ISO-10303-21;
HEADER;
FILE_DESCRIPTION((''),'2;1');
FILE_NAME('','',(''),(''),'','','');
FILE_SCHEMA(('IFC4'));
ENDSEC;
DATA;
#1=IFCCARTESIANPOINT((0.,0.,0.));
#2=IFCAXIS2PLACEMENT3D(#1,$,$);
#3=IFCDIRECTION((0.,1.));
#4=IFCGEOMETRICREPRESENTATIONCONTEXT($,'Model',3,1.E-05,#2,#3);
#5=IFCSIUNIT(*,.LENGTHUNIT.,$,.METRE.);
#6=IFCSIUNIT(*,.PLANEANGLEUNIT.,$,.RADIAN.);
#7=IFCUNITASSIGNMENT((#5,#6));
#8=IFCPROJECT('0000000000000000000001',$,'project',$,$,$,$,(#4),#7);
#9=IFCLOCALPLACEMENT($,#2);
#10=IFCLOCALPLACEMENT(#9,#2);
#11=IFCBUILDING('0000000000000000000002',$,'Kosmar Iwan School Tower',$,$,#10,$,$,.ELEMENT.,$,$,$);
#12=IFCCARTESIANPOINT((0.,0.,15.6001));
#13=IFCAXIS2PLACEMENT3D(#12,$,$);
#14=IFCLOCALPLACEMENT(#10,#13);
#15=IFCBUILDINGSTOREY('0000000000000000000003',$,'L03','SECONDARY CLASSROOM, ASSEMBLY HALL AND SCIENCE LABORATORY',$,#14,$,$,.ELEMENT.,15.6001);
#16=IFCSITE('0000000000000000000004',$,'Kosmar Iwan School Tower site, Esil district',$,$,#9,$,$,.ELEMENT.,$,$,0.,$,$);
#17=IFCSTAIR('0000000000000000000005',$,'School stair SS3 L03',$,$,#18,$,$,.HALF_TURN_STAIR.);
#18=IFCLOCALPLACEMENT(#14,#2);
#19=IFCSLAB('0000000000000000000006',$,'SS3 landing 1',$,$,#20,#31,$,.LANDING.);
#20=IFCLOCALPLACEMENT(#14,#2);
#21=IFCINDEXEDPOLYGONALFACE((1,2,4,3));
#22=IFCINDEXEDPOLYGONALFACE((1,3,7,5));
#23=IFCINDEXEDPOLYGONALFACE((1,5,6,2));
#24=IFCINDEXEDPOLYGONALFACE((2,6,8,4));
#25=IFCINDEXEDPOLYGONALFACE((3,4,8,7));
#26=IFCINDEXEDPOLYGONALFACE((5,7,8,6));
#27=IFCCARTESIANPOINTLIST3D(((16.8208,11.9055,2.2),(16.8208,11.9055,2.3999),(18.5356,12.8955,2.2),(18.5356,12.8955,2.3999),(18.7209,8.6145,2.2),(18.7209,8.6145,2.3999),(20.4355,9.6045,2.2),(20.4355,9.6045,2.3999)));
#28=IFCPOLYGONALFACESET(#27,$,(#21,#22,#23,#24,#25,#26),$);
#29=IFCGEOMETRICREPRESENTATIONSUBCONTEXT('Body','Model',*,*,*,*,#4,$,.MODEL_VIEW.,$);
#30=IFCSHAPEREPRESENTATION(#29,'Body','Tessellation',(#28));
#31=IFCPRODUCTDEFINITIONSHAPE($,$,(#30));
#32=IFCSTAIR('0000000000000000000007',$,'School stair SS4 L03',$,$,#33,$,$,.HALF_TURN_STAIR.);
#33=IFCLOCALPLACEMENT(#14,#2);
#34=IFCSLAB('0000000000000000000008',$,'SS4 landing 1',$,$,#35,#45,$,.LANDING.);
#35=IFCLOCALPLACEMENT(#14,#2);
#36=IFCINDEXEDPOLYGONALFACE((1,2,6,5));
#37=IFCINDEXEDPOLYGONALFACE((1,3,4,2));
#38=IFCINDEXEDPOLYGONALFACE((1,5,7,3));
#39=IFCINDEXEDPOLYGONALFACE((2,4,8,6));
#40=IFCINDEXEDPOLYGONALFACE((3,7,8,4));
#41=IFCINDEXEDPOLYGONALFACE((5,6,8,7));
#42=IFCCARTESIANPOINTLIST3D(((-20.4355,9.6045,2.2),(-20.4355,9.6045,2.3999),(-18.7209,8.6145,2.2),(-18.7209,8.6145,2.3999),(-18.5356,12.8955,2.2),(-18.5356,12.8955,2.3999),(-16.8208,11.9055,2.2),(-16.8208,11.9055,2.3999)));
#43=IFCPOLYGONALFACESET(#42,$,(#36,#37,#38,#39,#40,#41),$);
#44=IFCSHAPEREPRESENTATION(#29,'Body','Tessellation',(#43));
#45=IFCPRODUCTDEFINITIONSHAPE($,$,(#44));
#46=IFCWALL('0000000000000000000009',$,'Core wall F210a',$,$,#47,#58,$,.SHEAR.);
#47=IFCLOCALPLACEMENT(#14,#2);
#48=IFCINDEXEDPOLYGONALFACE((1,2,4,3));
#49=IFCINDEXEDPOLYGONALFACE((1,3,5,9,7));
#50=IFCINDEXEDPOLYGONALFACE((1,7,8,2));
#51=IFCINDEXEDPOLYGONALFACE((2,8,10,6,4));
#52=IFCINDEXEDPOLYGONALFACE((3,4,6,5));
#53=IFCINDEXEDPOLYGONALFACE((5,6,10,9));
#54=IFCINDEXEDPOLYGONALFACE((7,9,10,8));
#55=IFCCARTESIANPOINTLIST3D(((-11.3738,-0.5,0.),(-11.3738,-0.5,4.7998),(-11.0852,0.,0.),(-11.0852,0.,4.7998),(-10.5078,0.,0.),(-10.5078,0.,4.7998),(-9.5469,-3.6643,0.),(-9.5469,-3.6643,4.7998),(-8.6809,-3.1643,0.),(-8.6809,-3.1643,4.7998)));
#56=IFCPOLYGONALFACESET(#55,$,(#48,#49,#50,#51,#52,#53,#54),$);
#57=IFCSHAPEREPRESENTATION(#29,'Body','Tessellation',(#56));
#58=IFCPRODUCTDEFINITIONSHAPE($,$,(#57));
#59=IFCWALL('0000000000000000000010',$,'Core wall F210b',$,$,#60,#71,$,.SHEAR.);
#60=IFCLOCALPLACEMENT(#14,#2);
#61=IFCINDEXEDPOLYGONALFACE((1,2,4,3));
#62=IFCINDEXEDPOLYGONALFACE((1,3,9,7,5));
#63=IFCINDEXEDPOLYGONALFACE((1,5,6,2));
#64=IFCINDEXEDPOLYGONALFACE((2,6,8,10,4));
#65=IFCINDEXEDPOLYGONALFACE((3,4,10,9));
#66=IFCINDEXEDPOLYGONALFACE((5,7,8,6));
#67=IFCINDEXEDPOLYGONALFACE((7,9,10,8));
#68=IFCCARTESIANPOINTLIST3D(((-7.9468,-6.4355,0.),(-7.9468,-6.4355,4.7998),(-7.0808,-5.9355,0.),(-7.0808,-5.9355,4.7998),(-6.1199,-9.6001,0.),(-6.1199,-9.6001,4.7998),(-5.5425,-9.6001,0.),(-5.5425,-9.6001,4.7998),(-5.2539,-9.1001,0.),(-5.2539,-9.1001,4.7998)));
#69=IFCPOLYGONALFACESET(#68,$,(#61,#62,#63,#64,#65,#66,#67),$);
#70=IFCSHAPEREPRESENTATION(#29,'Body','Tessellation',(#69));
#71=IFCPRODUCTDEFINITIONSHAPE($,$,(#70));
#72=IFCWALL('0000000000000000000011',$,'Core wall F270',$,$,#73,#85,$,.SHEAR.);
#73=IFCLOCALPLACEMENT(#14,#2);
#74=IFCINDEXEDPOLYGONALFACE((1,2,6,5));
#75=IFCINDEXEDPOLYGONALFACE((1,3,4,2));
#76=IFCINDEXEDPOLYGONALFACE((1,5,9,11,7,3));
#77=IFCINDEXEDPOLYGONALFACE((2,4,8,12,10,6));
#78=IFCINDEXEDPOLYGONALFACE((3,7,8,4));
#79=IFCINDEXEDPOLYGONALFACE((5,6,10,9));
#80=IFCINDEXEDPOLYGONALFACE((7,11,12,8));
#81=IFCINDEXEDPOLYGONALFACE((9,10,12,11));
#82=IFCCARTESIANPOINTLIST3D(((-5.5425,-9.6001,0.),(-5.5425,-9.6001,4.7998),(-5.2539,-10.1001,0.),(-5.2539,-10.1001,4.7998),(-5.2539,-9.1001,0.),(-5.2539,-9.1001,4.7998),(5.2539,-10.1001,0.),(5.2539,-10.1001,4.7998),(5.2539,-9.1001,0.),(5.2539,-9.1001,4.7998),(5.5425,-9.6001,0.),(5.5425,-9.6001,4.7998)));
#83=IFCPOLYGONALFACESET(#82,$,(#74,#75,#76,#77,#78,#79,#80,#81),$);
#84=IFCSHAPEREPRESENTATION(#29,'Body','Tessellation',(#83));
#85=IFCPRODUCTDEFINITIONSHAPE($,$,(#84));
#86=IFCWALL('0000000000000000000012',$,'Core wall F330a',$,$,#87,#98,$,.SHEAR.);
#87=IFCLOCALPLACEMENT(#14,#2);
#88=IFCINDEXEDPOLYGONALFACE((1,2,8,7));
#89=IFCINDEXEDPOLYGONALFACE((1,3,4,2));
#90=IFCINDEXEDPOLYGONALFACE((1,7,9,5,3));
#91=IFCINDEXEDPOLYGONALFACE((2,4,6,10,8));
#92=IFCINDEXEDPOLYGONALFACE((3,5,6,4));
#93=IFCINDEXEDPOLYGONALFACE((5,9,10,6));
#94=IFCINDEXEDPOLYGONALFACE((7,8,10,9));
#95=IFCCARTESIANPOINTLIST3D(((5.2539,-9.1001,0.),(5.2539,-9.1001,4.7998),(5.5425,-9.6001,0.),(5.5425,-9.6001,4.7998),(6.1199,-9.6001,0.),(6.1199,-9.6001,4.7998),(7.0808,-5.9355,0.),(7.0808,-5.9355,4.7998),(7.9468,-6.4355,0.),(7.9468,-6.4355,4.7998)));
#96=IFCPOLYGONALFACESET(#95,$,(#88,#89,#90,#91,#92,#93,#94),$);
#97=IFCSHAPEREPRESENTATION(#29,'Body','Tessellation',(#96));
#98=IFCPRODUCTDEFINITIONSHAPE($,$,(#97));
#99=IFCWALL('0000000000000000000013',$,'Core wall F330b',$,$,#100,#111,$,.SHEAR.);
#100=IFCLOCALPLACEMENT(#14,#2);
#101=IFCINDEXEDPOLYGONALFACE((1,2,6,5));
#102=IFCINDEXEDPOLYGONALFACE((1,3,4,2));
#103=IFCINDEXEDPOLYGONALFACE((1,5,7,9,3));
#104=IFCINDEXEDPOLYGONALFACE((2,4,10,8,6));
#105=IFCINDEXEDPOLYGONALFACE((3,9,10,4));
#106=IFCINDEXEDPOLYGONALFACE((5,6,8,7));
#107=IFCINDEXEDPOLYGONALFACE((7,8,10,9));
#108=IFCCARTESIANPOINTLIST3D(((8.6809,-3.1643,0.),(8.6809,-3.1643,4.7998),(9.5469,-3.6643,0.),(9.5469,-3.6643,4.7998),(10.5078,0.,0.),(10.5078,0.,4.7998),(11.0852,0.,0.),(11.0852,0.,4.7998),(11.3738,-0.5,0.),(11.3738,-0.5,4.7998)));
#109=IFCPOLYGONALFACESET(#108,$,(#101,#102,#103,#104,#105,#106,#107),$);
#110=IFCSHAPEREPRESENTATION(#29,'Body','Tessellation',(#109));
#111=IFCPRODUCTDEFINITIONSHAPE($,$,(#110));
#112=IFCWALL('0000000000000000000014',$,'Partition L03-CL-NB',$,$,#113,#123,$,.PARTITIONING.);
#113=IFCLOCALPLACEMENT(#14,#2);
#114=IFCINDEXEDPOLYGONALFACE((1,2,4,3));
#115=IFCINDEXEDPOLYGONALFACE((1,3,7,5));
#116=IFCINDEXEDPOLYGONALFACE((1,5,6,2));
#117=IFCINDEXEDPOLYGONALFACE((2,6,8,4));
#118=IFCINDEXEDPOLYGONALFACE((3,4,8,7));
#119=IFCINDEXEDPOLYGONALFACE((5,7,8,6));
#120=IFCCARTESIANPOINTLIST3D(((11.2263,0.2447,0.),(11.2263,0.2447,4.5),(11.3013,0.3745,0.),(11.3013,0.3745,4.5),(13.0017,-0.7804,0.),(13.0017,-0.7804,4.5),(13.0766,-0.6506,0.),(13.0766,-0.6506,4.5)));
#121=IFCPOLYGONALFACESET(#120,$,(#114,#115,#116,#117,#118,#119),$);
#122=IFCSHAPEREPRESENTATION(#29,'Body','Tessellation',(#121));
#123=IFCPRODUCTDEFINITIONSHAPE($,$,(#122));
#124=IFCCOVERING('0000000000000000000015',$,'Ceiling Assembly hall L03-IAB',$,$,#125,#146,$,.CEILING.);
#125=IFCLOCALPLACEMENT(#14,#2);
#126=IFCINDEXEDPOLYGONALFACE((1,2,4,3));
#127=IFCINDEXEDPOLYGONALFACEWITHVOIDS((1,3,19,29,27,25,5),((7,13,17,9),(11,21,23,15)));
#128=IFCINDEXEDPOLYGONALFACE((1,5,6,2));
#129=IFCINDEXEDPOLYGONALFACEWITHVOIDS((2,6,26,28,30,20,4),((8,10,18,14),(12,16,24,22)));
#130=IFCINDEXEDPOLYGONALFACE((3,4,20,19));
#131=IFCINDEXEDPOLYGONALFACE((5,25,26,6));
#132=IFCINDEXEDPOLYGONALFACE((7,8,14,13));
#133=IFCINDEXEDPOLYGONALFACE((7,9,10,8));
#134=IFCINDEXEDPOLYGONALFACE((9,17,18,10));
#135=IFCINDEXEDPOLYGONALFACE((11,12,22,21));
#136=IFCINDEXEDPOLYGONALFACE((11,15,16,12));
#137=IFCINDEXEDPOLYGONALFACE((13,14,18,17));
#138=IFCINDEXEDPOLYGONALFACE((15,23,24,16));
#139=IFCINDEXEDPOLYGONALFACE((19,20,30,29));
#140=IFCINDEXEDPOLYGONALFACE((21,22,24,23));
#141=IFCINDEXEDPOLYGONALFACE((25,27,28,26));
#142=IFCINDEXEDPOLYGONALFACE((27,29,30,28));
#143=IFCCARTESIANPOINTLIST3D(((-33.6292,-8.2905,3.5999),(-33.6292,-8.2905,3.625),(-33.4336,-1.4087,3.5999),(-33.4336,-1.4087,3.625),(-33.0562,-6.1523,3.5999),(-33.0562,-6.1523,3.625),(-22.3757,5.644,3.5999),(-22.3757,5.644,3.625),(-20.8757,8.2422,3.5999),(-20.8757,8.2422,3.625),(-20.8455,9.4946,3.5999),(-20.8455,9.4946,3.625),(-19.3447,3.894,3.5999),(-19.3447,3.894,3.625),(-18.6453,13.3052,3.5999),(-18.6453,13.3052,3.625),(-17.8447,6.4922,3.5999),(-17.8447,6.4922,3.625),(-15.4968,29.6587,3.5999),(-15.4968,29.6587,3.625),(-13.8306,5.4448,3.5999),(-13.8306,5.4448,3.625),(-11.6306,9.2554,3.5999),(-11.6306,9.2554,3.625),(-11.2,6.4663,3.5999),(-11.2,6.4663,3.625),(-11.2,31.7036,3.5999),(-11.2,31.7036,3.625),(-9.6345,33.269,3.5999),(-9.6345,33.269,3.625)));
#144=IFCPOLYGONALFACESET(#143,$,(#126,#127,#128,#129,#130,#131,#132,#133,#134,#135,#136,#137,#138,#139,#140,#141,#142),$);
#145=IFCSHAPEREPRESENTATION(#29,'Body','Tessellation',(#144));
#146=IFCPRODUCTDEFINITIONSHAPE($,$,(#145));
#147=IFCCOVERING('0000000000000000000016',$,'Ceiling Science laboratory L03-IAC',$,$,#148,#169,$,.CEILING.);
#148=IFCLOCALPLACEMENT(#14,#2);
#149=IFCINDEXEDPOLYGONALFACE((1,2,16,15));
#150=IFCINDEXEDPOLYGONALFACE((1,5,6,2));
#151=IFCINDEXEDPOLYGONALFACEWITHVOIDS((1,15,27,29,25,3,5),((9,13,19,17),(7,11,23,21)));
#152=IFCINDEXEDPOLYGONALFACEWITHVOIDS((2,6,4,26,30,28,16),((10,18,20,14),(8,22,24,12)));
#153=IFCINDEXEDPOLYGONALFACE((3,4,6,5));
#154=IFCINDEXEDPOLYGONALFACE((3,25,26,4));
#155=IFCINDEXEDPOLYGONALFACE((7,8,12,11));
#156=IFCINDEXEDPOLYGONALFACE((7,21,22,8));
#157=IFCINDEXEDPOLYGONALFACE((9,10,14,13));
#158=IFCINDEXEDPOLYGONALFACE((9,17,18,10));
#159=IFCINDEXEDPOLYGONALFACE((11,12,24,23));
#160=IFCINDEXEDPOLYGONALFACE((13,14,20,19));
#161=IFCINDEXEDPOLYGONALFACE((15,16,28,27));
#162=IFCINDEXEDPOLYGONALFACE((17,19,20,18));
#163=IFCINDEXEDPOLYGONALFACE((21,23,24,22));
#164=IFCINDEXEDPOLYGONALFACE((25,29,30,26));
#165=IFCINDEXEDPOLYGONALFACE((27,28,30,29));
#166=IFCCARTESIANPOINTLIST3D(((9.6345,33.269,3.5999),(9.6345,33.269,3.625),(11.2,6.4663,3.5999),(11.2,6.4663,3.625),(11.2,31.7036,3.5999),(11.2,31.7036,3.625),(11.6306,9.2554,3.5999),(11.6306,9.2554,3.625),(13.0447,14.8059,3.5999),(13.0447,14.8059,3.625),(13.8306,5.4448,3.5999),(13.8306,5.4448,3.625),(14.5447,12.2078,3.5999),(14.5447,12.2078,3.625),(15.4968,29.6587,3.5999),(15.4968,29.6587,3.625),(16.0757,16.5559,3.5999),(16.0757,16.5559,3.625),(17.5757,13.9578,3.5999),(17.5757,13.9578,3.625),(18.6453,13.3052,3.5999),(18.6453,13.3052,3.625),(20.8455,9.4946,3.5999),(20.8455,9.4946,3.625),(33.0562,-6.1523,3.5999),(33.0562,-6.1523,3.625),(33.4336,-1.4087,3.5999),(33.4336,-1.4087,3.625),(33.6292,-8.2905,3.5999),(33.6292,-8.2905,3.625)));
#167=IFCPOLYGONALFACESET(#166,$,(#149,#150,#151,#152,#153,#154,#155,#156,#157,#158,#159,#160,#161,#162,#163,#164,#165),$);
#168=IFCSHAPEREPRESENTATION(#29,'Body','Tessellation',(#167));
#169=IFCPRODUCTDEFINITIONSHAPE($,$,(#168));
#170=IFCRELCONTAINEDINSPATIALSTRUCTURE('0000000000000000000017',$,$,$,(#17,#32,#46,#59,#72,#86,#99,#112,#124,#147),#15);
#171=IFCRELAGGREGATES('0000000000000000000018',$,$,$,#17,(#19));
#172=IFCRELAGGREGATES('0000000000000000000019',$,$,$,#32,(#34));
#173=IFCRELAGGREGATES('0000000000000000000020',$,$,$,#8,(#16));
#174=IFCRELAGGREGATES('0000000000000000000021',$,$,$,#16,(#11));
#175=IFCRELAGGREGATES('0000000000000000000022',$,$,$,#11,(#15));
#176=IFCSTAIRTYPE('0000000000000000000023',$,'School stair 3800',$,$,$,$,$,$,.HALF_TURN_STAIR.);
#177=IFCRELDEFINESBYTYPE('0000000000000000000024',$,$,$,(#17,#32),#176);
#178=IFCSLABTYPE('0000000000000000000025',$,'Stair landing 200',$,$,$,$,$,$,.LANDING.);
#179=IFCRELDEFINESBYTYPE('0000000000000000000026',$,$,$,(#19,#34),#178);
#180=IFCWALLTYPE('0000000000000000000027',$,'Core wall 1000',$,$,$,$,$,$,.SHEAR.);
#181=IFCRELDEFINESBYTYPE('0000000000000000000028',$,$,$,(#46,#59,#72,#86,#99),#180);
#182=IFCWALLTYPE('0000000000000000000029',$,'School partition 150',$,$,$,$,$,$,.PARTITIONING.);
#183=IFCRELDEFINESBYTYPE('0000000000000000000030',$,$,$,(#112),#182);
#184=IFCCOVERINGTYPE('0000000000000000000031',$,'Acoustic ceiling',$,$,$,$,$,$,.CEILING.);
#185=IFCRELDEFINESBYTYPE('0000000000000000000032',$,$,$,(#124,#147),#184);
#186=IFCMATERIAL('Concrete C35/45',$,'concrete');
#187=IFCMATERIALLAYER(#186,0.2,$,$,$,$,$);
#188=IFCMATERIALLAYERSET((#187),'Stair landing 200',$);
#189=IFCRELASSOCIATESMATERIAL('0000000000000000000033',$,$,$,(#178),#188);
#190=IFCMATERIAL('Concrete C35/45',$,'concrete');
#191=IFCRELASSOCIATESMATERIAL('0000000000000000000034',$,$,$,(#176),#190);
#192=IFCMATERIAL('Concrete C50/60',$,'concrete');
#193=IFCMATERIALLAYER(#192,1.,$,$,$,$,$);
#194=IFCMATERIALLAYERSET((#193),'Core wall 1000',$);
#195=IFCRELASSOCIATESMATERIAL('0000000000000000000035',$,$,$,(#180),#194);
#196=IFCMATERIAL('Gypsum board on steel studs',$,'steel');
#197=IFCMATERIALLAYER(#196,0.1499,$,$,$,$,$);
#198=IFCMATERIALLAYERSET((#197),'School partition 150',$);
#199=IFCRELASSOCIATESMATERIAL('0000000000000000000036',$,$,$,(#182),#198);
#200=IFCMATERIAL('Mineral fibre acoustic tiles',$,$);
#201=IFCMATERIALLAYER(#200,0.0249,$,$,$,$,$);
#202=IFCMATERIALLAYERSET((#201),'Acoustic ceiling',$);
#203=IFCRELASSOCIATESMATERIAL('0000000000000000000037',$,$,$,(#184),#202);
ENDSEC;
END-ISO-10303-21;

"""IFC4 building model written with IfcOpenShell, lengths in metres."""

from ifc_helpers import new_model, si_unit, direction, frame, frame_2d, origin, place, context, subcontext, project, spatial, polyline, rectangle, outline, extrude, material, layer, layer_set, type_object, element, aggregate, save


model = new_model("IFC4")

# Units and contexts
model_context = context("Model", 3, precision=1e-05, world=origin(), true_north=direction((0.0, 1.0)))
body_context = subcontext(model_context, "Body", "Model", "MODEL_VIEW")
ifc_project = project(units=[si_unit("LENGTHUNIT", "METRE"), si_unit("PLANEANGLEUNIT", "RADIAN")], contexts=[model_context])

# Site, building, storey
site_placement = place(None, origin())
site = spatial("IfcSite", under=ifc_project, at=site_placement, Name="Kosmar Iwan School Tower site, Esil district", CompositionType="ELEMENT", RefElevation=0.0)
building_placement = place(site_placement, origin())
building = spatial("IfcBuilding", under=site, at=building_placement, Name="Kosmar Iwan School Tower", CompositionType="ELEMENT")
storey_placement = place(building_placement, frame((0.0, 0.0, 15.6001)))
storey = spatial("IfcBuildingStorey", under=building, at=storey_placement, Name="L03", Description="SECONDARY CLASSROOM, ASSEMBLY HALL AND SCIENCE LABORATORY", CompositionType="ELEMENT", Elevation=15.6001)

# Shared definitions
ifc_material_1 = material(Name="Concrete C35/45", Category="concrete")
ifc_layer_1 = layer(ifc_material_1, 0.2)
ifc_layer_set_1 = layer_set([ifc_layer_1], Name="Stair landing 200")
slab_type_1 = type_object("IfcSlabType", Name="Stair landing 200", PredefinedType="LANDING", material=ifc_layer_set_1)

# Stairs, slabs
ifc_material_2 = material(Name="Concrete C35/45", Category="concrete")
stair_type_1 = type_object("IfcStairType", Name="School stair 3800", PredefinedType="HALF_TURN_STAIR", material=ifc_material_2)
stair_1_placement = place(storey_placement, origin())
stair_1 = element("IfcStair", 1, at=stair_1_placement, inside=storey, type_object=stair_type_1, Name="School stair SS3 L03", PredefinedType="HALF_TURN_STAIR")
slab_1_placement = place(storey_placement, frame((0.0, 0.0, 2.2)))
slab_1 = element("IfcSlab", 2, at=slab_1_placement, type_object=slab_type_1, Name="SS3 landing 1", PredefinedType="LANDING", context=body_context, shape_type="SweptSolid", body=[
    extrude(outline(polyline([(18.7209, 8.6145), (20.4355, 9.6045), (18.5356, 12.8955), (16.8208, 11.9055), (18.7209, 8.6145)])), origin(), (0.0, 0.0, 1.0), 0.2),
])
aggregate(stair_1, [slab_1])
stair_2_placement = place(storey_placement, origin())
stair_2 = element("IfcStair", 3, at=stair_2_placement, inside=storey, type_object=stair_type_1, Name="School stair SS4 L03", PredefinedType="HALF_TURN_STAIR")
slab_2_placement = place(storey_placement, frame((0.0, 0.0, 2.2)))
slab_2 = element("IfcSlab", 4, at=slab_2_placement, type_object=slab_type_1, Name="SS4 landing 1", PredefinedType="LANDING", context=body_context, shape_type="SweptSolid", body=[
    extrude(outline(polyline([(-16.8208, 11.9055), (-18.5356, 12.8955), (-20.4355, 9.6045), (-18.7209, 8.6145), (-16.8208, 11.9055)])), origin(), (0.0, 0.0, 1.0), 0.2),
])
aggregate(stair_2, [slab_2])

# Walls
ifc_material_3 = material(Name="Concrete C50/60", Category="concrete")
ifc_layer_2 = layer(ifc_material_3, 1.0)
ifc_layer_set_2 = layer_set([ifc_layer_2], Name="Core wall 1000")
wall_type_1 = type_object("IfcWallType", Name="Core wall 1000", PredefinedType="SHEAR", material=ifc_layer_set_2)
wall_1_placement = place(storey_placement, origin())
element("IfcWall", 5, at=wall_1_placement, inside=storey, type_object=wall_type_1, Name="Core wall F210a", PredefinedType="SHEAR", context=body_context, shape_type="SweptSolid", body=[
    extrude(outline(polyline([(-9.5469, -3.6643), (-8.6809, -3.1643), (-10.5078, 0.0), (-11.0852, 0.0), (-11.3738, -0.5), (-9.5469, -3.6643)])), origin(), (0.0, 0.0, 1.0), 4.7998),
])
wall_2_placement = place(storey_placement, origin())
element("IfcWall", 6, at=wall_2_placement, inside=storey, type_object=wall_type_1, Name="Core wall F210b", PredefinedType="SHEAR", context=body_context, shape_type="SweptSolid", body=[
    extrude(outline(polyline([(-6.1199, -9.6001), (-5.5425, -9.6001), (-5.2539, -9.1001), (-7.0808, -5.9355), (-7.9468, -6.4355), (-6.1199, -9.6001)])), origin(), (0.0, 0.0, 1.0), 4.7998),
])
wall_3_placement = place(storey_placement, origin())
element("IfcWall", 7, at=wall_3_placement, inside=storey, type_object=wall_type_1, Name="Core wall F270", PredefinedType="SHEAR", context=body_context, shape_type="SweptSolid", body=[
    extrude(outline(polyline([(-5.2539, -10.1001), (5.2539, -10.1001), (5.5425, -9.6001), (5.2539, -9.1001), (-5.2539, -9.1001), (-5.5425, -9.6001), (-5.2539, -10.1001)])), origin(), (0.0, 0.0, 1.0), 4.7998),
])
wall_4_placement = place(storey_placement, origin())
element("IfcWall", 8, at=wall_4_placement, inside=storey, type_object=wall_type_1, Name="Core wall F330a", PredefinedType="SHEAR", context=body_context, shape_type="SweptSolid", body=[
    extrude(outline(polyline([(5.5425, -9.6001), (6.1199, -9.6001), (7.9468, -6.4355), (7.0808, -5.9355), (5.2539, -9.1001), (5.5425, -9.6001)])), origin(), (0.0, 0.0, 1.0), 4.7998),
])
wall_5_placement = place(storey_placement, origin())
element("IfcWall", 9, at=wall_5_placement, inside=storey, type_object=wall_type_1, Name="Core wall F330b", PredefinedType="SHEAR", context=body_context, shape_type="SweptSolid", body=[
    extrude(outline(polyline([(9.5469, -3.6643), (11.3738, -0.5), (11.0852, 0.0), (10.5078, 0.0), (8.6809, -3.1643), (9.5469, -3.6643)])), origin(), (0.0, 0.0, 1.0), 4.7998),
])
ifc_material_4 = material(Name="Gypsum board on steel studs", Category="steel")
ifc_layer_3 = layer(ifc_material_4, 0.1499)
ifc_layer_set_3 = layer_set([ifc_layer_3], Name="School partition 150")
wall_type_2 = type_object("IfcWallType", Name="School partition 150", PredefinedType="PARTITIONING", material=ifc_layer_set_3)
wall_6_placement = place(storey_placement, frame((11.2639, 0.3096, 0.0), z_axis=(0.0, 0.0, 1.0), x_axis=(0.865999, -0.500045, 0.0)))
element("IfcWall", 10, at=wall_6_placement, inside=storey, type_object=wall_type_2, Name="Partition L03-CL-NB", PredefinedType="PARTITIONING", context=body_context, shape_type="SweptSolid", body=[
    extrude(rectangle(XDim=2.05, YDim=0.1499, at=frame_2d((1.0249, 0.0))), origin(), (0.0, 0.0, 1.0), 4.5),
])

# Coverings
ifc_material_5 = material(Name="Mineral fibre acoustic tiles")
ifc_layer_4 = layer(ifc_material_5, 0.0249)
ifc_layer_set_4 = layer_set([ifc_layer_4], Name="Acoustic ceiling")
covering_type = type_object("IfcCoveringType", Name="Acoustic ceiling", PredefinedType="CEILING", material=ifc_layer_set_4)
covering_1_placement = place(storey_placement, frame((0.0, 0.0, 3.5999)))
element("IfcCovering", 11, at=covering_1_placement, inside=storey, type_object=covering_type, Name="Ceiling Assembly hall L03-IAB", PredefinedType="CEILING", context=body_context, shape_type="SweptSolid", body=[
    extrude(outline(polyline([(-33.6292, -8.2905), (-33.0562, -6.1523), (-11.2, 6.4663), (-11.2, 31.7036), (-9.6345, 33.269), (-15.4968, 29.6587), (-33.4336, -1.4087), (-33.6292, -8.2905)]), holes=[polyline([(-20.8455, 9.4946), (-13.8306, 5.4448), (-11.6306, 9.2554), (-18.6453, 13.3052), (-20.8455, 9.4946)]), polyline([(-20.8757, 8.2422), (-22.3757, 5.644), (-19.3447, 3.894), (-17.8447, 6.4922), (-20.8757, 8.2422)])]), origin(), (0.0, 0.0, 1.0), 0.0251),
])
covering_2_placement = place(storey_placement, frame((0.0, 0.0, 3.5999)))
element("IfcCovering", 12, at=covering_2_placement, inside=storey, type_object=covering_type, Name="Ceiling Science laboratory L03-IAC", PredefinedType="CEILING", context=body_context, shape_type="SweptSolid", body=[
    extrude(outline(polyline([(33.6292, -8.2905), (33.4336, -1.4087), (15.4968, 29.6587), (9.6345, 33.269), (11.2, 31.7036), (11.2, 6.4663), (33.0562, -6.1523), (33.6292, -8.2905)]), holes=[polyline([(18.6453, 13.3052), (11.6306, 9.2554), (13.8306, 5.4448), (20.8455, 9.4946), (18.6453, 13.3052)]), polyline([(17.5757, 13.9578), (16.0757, 16.5559), (13.0447, 14.8059), (14.5447, 12.2078), (17.5757, 13.9578)])]), origin(), (0.0, 0.0, 1.0), 0.0251),
])

save(model, "model.ifc")
